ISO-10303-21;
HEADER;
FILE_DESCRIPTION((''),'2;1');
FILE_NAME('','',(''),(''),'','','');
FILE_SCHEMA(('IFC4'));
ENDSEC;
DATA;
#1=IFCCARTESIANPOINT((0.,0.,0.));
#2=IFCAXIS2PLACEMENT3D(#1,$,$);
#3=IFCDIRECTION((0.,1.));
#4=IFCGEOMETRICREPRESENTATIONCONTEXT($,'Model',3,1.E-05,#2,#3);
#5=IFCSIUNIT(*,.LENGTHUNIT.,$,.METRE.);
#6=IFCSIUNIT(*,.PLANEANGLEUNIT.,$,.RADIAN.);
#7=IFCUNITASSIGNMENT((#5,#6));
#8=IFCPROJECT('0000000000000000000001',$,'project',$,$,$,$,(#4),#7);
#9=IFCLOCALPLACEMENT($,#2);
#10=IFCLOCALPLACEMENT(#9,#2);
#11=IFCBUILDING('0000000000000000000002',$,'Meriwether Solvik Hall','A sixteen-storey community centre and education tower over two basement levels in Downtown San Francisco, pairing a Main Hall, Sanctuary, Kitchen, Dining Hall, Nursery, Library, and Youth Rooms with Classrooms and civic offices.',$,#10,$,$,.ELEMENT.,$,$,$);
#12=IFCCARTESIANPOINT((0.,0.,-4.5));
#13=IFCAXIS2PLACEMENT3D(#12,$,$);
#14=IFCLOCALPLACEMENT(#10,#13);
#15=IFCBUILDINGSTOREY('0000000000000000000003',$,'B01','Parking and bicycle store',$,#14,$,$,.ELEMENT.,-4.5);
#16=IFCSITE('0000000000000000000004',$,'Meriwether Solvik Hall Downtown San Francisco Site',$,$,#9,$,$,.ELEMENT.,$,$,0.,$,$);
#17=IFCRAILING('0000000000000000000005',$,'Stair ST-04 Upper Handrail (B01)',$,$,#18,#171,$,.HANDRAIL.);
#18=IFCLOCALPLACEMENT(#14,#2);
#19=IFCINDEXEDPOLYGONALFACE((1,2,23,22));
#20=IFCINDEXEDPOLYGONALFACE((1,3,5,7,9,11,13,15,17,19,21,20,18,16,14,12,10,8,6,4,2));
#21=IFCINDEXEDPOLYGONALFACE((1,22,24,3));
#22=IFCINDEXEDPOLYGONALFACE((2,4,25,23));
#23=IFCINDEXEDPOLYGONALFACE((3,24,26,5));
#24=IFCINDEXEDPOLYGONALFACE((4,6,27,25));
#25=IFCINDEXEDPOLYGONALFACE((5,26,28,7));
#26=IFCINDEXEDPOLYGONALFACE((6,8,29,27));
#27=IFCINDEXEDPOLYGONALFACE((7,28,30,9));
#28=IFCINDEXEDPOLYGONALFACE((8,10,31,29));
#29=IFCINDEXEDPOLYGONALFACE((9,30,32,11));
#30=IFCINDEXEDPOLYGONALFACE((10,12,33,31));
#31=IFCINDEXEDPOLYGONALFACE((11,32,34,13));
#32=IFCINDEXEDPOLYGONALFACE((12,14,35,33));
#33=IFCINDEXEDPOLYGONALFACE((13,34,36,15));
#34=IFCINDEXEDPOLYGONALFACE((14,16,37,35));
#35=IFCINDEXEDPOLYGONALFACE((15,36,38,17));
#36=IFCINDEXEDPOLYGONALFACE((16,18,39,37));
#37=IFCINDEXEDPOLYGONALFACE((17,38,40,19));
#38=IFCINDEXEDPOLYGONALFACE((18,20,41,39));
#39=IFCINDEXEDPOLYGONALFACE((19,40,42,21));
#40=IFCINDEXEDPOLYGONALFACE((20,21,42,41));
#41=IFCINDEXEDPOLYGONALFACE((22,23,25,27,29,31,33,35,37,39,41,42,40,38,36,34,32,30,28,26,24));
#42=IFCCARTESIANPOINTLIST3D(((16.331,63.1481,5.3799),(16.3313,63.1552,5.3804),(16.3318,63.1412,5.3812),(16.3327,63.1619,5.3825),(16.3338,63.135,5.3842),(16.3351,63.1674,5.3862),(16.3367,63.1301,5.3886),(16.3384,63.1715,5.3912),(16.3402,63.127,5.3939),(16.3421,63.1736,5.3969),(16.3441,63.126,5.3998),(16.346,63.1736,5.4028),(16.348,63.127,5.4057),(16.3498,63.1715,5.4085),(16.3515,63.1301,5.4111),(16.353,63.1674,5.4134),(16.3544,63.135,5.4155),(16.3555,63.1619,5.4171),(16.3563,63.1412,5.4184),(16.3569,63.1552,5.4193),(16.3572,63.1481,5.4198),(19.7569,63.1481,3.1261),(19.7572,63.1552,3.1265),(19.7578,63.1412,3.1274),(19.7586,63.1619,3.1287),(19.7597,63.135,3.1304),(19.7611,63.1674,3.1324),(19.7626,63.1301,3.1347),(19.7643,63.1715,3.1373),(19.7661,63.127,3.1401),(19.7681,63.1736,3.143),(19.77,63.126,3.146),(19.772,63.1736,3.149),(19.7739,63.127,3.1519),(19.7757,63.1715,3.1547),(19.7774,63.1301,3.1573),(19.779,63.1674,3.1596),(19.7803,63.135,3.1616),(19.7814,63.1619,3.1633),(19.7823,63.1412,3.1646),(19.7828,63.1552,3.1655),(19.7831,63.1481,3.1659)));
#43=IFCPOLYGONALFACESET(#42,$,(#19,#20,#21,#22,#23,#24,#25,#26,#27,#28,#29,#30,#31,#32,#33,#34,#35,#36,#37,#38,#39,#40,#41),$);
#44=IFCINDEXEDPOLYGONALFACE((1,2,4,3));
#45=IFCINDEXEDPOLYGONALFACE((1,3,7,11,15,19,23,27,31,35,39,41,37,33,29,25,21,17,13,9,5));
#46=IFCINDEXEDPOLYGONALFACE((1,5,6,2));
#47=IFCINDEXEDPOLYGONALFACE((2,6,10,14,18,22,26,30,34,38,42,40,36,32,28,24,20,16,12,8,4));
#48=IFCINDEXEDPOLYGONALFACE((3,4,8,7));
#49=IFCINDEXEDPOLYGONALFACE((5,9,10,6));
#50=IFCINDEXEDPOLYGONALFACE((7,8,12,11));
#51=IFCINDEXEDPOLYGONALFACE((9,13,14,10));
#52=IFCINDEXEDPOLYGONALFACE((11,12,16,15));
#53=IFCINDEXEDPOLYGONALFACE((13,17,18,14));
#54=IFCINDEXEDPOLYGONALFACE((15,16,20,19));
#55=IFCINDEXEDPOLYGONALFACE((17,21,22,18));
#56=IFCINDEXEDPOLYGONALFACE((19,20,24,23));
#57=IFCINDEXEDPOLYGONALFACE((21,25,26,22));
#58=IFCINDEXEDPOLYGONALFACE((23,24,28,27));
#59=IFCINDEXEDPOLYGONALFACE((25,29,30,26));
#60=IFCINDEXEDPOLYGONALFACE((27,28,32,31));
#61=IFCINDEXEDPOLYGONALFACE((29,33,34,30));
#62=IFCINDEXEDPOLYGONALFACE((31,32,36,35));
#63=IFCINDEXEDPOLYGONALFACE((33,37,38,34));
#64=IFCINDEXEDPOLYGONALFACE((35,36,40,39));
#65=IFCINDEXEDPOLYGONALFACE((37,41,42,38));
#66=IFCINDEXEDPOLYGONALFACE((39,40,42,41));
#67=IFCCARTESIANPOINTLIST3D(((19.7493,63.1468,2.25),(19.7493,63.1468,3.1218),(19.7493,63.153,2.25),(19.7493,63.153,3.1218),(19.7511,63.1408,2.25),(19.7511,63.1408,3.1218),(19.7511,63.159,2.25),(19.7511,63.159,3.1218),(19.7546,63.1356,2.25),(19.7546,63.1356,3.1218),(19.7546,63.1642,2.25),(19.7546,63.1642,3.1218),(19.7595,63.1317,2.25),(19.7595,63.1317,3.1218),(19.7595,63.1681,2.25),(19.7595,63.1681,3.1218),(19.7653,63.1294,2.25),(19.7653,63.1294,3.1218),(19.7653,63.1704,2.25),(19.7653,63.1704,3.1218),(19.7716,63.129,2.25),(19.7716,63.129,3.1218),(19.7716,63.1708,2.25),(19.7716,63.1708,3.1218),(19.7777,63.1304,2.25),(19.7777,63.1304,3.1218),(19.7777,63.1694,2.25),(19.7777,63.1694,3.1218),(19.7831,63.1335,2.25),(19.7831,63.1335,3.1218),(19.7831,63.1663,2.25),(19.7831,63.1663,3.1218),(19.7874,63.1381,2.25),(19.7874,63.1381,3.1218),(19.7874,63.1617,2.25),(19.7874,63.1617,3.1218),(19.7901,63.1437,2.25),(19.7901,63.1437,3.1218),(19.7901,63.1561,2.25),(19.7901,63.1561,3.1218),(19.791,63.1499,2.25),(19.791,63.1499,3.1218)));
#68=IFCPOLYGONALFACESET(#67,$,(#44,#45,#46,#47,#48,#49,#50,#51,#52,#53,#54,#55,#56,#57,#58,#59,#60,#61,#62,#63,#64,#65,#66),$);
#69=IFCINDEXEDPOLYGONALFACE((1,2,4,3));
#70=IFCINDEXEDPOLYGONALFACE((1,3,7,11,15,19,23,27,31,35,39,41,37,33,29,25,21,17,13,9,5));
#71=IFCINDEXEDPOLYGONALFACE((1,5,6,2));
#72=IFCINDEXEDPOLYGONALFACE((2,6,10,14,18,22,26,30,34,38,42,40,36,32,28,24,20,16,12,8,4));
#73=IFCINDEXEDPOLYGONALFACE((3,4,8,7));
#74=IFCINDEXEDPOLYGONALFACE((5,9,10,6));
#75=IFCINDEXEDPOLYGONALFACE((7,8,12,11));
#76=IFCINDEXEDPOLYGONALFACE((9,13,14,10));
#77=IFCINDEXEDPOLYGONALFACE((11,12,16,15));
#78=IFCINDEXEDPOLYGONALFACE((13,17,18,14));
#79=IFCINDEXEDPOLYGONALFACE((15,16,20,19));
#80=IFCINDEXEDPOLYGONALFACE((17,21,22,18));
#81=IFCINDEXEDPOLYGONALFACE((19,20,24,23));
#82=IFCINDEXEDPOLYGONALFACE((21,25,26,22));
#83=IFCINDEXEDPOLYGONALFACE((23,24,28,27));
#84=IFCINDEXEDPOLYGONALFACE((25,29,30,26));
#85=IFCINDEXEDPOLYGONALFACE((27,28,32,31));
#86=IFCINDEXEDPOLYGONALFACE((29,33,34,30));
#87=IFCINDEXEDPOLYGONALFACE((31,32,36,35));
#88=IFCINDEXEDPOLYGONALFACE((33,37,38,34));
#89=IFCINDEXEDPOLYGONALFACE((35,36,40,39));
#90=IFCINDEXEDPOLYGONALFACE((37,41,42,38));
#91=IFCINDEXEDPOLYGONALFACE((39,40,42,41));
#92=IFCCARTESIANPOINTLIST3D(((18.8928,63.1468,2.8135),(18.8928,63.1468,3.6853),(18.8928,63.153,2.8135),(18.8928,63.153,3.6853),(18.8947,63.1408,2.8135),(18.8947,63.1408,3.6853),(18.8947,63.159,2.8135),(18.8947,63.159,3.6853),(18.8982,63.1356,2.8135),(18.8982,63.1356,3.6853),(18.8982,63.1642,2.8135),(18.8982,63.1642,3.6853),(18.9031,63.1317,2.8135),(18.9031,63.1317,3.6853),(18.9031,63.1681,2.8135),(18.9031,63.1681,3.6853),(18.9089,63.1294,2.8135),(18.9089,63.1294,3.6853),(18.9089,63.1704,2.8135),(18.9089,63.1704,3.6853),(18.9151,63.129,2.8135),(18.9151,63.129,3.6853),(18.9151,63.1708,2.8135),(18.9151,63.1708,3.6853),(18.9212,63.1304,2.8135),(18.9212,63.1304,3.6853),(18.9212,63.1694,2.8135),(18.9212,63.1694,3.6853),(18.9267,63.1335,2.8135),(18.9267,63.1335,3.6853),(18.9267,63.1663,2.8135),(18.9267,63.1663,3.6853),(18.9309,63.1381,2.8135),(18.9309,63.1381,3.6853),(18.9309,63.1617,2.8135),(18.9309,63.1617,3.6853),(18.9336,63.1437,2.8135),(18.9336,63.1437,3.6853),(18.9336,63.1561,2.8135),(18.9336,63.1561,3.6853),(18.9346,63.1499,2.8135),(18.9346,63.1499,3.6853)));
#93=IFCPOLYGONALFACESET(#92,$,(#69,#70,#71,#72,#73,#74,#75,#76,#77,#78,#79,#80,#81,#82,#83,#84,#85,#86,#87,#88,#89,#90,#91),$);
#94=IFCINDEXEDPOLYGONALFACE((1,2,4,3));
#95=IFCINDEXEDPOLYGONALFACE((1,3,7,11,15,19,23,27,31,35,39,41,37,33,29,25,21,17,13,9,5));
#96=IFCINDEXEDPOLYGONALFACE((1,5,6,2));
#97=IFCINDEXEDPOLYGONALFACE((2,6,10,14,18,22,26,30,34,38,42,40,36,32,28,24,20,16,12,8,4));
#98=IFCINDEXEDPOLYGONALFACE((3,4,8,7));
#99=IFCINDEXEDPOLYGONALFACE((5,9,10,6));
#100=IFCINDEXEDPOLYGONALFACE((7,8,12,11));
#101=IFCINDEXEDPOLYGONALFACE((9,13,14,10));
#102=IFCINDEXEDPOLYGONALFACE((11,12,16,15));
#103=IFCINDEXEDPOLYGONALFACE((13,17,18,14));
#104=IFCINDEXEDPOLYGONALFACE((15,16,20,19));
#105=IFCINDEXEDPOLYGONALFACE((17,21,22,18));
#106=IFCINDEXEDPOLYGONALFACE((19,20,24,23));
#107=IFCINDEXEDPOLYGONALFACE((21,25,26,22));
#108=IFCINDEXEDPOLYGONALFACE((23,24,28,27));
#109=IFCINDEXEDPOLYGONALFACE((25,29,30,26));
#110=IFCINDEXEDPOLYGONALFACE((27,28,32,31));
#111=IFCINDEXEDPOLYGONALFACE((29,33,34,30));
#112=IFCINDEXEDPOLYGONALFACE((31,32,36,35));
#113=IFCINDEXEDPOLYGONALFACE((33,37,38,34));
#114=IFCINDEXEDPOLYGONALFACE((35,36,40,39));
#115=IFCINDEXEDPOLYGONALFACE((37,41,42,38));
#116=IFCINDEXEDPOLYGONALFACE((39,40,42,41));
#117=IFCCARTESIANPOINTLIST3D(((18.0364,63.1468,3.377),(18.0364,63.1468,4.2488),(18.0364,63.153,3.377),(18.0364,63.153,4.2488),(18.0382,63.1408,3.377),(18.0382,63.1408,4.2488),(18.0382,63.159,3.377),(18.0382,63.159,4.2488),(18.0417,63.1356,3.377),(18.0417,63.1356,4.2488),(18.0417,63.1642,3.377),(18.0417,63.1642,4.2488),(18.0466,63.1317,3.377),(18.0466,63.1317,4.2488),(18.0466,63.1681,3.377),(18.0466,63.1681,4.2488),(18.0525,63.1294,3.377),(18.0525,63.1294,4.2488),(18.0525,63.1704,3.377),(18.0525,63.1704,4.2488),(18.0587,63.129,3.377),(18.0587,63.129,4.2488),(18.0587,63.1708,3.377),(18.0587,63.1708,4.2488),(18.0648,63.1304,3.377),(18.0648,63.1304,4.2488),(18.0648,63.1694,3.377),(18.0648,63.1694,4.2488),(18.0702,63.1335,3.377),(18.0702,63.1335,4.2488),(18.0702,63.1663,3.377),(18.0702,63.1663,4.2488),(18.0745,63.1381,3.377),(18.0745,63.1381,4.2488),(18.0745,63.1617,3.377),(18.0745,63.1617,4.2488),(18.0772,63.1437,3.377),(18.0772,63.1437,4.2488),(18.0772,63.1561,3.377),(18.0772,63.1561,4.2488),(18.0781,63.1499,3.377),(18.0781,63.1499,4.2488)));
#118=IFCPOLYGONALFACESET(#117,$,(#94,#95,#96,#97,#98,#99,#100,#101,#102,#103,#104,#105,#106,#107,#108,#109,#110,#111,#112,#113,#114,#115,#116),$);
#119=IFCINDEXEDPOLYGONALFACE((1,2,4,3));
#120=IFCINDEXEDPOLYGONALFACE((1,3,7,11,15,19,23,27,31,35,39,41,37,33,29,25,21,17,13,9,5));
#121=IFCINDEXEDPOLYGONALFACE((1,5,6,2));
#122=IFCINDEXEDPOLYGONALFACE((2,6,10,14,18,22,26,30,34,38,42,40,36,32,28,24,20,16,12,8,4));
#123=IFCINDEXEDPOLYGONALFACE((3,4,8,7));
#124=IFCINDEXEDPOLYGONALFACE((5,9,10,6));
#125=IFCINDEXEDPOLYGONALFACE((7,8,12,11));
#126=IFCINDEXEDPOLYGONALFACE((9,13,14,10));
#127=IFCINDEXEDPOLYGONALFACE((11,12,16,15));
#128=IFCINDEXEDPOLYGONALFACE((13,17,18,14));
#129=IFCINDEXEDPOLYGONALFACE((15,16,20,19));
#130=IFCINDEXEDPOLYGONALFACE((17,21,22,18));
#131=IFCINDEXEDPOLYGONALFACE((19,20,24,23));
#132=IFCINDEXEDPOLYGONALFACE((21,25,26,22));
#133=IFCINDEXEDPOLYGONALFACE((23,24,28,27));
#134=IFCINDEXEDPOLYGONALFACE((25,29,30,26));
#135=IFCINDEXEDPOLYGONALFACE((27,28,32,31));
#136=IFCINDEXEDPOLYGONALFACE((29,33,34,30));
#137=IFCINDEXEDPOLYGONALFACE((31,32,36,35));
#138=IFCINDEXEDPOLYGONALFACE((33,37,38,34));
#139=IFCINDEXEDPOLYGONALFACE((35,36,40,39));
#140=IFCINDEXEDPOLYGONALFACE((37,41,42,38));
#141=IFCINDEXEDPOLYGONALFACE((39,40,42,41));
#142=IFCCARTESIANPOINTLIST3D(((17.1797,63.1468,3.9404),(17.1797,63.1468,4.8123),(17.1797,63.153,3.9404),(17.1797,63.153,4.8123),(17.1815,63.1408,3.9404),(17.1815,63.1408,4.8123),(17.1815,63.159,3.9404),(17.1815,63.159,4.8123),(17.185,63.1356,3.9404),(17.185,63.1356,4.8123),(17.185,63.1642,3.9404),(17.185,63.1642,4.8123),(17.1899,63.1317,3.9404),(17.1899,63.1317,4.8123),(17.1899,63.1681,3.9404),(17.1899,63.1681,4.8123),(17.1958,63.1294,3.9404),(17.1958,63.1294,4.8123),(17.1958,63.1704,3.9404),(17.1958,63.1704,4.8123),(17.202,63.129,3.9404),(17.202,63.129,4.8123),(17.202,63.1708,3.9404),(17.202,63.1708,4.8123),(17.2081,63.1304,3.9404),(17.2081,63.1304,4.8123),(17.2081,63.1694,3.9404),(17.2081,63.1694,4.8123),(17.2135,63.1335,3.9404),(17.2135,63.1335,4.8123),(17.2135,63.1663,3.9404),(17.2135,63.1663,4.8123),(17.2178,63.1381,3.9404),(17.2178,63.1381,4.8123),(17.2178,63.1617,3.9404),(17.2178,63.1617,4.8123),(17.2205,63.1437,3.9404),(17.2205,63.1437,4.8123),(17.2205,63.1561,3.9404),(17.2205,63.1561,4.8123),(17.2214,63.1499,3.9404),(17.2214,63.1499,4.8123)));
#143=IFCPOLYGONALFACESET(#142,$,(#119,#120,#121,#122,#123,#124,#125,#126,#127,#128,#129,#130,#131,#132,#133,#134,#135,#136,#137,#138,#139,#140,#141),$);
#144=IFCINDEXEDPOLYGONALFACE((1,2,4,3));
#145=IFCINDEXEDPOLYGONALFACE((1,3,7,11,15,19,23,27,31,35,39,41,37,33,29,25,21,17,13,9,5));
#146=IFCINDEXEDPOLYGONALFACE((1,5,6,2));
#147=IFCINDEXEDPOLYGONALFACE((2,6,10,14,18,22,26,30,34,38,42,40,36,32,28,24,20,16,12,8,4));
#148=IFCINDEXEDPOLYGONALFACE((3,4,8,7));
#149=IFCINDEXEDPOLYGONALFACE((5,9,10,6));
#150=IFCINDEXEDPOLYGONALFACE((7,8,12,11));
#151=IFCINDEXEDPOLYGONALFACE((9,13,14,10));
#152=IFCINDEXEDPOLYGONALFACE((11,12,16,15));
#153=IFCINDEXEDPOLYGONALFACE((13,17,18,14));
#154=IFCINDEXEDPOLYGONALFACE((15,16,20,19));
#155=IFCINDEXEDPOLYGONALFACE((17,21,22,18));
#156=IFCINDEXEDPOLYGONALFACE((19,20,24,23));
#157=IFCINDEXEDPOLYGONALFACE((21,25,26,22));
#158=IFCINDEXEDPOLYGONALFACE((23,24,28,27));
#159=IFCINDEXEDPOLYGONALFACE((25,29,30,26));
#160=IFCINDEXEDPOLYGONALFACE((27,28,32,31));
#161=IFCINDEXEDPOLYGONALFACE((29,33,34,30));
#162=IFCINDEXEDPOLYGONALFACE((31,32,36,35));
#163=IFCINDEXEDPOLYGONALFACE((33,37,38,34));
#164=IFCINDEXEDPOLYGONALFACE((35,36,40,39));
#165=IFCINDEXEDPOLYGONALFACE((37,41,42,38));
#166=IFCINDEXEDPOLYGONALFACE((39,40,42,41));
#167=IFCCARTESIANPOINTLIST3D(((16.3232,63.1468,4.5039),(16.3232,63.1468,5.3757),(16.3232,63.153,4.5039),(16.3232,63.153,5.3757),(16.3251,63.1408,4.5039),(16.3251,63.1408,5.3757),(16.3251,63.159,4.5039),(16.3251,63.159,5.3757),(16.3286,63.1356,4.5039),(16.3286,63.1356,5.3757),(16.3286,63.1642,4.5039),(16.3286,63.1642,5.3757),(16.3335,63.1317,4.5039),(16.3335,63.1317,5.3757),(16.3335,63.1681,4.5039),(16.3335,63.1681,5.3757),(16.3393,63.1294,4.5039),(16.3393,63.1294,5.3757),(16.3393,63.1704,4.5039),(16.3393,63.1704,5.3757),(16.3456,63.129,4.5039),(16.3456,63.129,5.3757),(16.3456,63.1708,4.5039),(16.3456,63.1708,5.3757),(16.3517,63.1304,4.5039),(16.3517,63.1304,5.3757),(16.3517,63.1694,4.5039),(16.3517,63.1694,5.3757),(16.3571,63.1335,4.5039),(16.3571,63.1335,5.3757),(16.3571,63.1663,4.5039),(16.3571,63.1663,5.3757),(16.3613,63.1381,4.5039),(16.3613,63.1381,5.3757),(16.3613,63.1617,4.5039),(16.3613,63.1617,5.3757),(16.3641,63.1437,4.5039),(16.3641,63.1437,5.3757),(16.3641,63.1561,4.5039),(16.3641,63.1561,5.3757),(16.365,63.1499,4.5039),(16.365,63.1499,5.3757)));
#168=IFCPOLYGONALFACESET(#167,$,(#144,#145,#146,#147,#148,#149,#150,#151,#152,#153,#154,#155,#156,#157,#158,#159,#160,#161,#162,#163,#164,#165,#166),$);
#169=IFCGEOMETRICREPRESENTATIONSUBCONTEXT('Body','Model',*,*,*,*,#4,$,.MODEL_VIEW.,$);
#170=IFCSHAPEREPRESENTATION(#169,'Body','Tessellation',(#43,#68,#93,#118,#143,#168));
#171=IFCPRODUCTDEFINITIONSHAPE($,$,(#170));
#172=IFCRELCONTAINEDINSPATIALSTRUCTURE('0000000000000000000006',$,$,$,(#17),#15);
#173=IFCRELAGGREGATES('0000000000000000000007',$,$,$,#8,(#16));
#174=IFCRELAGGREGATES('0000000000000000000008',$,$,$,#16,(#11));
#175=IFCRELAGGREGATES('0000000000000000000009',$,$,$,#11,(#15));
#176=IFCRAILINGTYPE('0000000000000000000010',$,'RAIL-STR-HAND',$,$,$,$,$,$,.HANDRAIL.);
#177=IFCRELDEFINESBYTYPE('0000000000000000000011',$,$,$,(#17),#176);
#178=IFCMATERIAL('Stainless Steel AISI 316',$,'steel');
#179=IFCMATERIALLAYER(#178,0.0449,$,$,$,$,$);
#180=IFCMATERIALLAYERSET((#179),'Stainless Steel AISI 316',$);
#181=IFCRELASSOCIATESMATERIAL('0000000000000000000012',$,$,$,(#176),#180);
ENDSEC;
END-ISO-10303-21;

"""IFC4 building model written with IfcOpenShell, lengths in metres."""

from ifc_helpers import new_model, si_unit, direction, frame, origin, origin_2d, place, context, subcontext, project, spatial, circle, extrude, material, layer, layer_set, type_object, element, save


model = new_model("IFC4")

# Units and contexts
model_context = context("Model", 3, precision=1e-05, world=origin(), true_north=direction((0.0, 1.0)))
body_context = subcontext(model_context, "Body", "Model", "MODEL_VIEW")
ifc_project = project(units=[si_unit("LENGTHUNIT", "METRE"), si_unit("PLANEANGLEUNIT", "RADIAN")], contexts=[model_context])

# Site, building, storey
site_placement = place(None, origin())
site = spatial("IfcSite", under=ifc_project, at=site_placement, Name="Meriwether Solvik Hall Downtown San Francisco Site", CompositionType="ELEMENT", RefElevation=0.0)
building_placement = place(site_placement, origin())
building = spatial("IfcBuilding", under=site, at=building_placement, Name="Meriwether Solvik Hall", Description="A sixteen-storey community centre and education tower over two basement levels in Downtown San Francisco, pairing a Main Hall, Sanctuary, Kitchen, Dining Hall, Nursery, Library, and Youth Rooms with Classrooms and civic offices.", CompositionType="ELEMENT")
storey_placement = place(building_placement, frame((0.0, 0.0, -4.5)))
storey = spatial("IfcBuildingStorey", under=building, at=storey_placement, Name="B01", Description="Parking and bicycle store", CompositionType="ELEMENT", Elevation=-4.5)

# Railing
ifc_material_1 = material(Name="Stainless Steel AISI 316", Category="steel")
ifc_layer_1 = layer(ifc_material_1, 0.0449)
ifc_layer_set_1 = layer_set([ifc_layer_1], Name="Stainless Steel AISI 316")
railing_type_1 = type_object("IfcRailingType", Name="RAIL-STR-HAND", PredefinedType="HANDRAIL", material=ifc_layer_set_1)
railing_1_placement = place(storey_placement, frame((19.77, 63.1499, 2.25)))
element("IfcRailing", 1, at=railing_1_placement, inside=storey, type_object=railing_type_1, Name="Stair ST-04 Upper Handrail (B01)", PredefinedType="HANDRAIL", context=body_context, shape_type="SweptSolid", body=[
    extrude(circle(Radius=0.0239, at=origin_2d()), frame((0.0, 0.0, 0.896), z_axis=(-0.835424, 0.0, 0.549607), x_axis=(0.0, -1.0, 0.0)), (0.0, 0.0, 1.0), 4.1008),
    extrude(circle(Radius=0.021, at=origin_2d()), origin(), (0.0, 0.0, 1.0), 0.8718),
    extrude(circle(Radius=0.021, at=origin_2d()), frame((-0.8564, 0.0, 0.5635)), (0.0, 0.0, 1.0), 0.8718),
    extrude(circle(Radius=0.021, at=origin_2d()), frame((-1.7129, 0.0, 1.127)), (0.0, 0.0, 1.0), 0.8718),
    extrude(circle(Radius=0.021, at=origin_2d()), frame((-2.5696, 0.0, 1.6904)), (0.0, 0.0, 1.0), 0.8718),
    extrude(circle(Radius=0.021, at=origin_2d()), frame((-3.426, 0.0, 2.2539)), (0.0, 0.0, 1.0), 0.8718),
])

save(model, "model.ifc")
